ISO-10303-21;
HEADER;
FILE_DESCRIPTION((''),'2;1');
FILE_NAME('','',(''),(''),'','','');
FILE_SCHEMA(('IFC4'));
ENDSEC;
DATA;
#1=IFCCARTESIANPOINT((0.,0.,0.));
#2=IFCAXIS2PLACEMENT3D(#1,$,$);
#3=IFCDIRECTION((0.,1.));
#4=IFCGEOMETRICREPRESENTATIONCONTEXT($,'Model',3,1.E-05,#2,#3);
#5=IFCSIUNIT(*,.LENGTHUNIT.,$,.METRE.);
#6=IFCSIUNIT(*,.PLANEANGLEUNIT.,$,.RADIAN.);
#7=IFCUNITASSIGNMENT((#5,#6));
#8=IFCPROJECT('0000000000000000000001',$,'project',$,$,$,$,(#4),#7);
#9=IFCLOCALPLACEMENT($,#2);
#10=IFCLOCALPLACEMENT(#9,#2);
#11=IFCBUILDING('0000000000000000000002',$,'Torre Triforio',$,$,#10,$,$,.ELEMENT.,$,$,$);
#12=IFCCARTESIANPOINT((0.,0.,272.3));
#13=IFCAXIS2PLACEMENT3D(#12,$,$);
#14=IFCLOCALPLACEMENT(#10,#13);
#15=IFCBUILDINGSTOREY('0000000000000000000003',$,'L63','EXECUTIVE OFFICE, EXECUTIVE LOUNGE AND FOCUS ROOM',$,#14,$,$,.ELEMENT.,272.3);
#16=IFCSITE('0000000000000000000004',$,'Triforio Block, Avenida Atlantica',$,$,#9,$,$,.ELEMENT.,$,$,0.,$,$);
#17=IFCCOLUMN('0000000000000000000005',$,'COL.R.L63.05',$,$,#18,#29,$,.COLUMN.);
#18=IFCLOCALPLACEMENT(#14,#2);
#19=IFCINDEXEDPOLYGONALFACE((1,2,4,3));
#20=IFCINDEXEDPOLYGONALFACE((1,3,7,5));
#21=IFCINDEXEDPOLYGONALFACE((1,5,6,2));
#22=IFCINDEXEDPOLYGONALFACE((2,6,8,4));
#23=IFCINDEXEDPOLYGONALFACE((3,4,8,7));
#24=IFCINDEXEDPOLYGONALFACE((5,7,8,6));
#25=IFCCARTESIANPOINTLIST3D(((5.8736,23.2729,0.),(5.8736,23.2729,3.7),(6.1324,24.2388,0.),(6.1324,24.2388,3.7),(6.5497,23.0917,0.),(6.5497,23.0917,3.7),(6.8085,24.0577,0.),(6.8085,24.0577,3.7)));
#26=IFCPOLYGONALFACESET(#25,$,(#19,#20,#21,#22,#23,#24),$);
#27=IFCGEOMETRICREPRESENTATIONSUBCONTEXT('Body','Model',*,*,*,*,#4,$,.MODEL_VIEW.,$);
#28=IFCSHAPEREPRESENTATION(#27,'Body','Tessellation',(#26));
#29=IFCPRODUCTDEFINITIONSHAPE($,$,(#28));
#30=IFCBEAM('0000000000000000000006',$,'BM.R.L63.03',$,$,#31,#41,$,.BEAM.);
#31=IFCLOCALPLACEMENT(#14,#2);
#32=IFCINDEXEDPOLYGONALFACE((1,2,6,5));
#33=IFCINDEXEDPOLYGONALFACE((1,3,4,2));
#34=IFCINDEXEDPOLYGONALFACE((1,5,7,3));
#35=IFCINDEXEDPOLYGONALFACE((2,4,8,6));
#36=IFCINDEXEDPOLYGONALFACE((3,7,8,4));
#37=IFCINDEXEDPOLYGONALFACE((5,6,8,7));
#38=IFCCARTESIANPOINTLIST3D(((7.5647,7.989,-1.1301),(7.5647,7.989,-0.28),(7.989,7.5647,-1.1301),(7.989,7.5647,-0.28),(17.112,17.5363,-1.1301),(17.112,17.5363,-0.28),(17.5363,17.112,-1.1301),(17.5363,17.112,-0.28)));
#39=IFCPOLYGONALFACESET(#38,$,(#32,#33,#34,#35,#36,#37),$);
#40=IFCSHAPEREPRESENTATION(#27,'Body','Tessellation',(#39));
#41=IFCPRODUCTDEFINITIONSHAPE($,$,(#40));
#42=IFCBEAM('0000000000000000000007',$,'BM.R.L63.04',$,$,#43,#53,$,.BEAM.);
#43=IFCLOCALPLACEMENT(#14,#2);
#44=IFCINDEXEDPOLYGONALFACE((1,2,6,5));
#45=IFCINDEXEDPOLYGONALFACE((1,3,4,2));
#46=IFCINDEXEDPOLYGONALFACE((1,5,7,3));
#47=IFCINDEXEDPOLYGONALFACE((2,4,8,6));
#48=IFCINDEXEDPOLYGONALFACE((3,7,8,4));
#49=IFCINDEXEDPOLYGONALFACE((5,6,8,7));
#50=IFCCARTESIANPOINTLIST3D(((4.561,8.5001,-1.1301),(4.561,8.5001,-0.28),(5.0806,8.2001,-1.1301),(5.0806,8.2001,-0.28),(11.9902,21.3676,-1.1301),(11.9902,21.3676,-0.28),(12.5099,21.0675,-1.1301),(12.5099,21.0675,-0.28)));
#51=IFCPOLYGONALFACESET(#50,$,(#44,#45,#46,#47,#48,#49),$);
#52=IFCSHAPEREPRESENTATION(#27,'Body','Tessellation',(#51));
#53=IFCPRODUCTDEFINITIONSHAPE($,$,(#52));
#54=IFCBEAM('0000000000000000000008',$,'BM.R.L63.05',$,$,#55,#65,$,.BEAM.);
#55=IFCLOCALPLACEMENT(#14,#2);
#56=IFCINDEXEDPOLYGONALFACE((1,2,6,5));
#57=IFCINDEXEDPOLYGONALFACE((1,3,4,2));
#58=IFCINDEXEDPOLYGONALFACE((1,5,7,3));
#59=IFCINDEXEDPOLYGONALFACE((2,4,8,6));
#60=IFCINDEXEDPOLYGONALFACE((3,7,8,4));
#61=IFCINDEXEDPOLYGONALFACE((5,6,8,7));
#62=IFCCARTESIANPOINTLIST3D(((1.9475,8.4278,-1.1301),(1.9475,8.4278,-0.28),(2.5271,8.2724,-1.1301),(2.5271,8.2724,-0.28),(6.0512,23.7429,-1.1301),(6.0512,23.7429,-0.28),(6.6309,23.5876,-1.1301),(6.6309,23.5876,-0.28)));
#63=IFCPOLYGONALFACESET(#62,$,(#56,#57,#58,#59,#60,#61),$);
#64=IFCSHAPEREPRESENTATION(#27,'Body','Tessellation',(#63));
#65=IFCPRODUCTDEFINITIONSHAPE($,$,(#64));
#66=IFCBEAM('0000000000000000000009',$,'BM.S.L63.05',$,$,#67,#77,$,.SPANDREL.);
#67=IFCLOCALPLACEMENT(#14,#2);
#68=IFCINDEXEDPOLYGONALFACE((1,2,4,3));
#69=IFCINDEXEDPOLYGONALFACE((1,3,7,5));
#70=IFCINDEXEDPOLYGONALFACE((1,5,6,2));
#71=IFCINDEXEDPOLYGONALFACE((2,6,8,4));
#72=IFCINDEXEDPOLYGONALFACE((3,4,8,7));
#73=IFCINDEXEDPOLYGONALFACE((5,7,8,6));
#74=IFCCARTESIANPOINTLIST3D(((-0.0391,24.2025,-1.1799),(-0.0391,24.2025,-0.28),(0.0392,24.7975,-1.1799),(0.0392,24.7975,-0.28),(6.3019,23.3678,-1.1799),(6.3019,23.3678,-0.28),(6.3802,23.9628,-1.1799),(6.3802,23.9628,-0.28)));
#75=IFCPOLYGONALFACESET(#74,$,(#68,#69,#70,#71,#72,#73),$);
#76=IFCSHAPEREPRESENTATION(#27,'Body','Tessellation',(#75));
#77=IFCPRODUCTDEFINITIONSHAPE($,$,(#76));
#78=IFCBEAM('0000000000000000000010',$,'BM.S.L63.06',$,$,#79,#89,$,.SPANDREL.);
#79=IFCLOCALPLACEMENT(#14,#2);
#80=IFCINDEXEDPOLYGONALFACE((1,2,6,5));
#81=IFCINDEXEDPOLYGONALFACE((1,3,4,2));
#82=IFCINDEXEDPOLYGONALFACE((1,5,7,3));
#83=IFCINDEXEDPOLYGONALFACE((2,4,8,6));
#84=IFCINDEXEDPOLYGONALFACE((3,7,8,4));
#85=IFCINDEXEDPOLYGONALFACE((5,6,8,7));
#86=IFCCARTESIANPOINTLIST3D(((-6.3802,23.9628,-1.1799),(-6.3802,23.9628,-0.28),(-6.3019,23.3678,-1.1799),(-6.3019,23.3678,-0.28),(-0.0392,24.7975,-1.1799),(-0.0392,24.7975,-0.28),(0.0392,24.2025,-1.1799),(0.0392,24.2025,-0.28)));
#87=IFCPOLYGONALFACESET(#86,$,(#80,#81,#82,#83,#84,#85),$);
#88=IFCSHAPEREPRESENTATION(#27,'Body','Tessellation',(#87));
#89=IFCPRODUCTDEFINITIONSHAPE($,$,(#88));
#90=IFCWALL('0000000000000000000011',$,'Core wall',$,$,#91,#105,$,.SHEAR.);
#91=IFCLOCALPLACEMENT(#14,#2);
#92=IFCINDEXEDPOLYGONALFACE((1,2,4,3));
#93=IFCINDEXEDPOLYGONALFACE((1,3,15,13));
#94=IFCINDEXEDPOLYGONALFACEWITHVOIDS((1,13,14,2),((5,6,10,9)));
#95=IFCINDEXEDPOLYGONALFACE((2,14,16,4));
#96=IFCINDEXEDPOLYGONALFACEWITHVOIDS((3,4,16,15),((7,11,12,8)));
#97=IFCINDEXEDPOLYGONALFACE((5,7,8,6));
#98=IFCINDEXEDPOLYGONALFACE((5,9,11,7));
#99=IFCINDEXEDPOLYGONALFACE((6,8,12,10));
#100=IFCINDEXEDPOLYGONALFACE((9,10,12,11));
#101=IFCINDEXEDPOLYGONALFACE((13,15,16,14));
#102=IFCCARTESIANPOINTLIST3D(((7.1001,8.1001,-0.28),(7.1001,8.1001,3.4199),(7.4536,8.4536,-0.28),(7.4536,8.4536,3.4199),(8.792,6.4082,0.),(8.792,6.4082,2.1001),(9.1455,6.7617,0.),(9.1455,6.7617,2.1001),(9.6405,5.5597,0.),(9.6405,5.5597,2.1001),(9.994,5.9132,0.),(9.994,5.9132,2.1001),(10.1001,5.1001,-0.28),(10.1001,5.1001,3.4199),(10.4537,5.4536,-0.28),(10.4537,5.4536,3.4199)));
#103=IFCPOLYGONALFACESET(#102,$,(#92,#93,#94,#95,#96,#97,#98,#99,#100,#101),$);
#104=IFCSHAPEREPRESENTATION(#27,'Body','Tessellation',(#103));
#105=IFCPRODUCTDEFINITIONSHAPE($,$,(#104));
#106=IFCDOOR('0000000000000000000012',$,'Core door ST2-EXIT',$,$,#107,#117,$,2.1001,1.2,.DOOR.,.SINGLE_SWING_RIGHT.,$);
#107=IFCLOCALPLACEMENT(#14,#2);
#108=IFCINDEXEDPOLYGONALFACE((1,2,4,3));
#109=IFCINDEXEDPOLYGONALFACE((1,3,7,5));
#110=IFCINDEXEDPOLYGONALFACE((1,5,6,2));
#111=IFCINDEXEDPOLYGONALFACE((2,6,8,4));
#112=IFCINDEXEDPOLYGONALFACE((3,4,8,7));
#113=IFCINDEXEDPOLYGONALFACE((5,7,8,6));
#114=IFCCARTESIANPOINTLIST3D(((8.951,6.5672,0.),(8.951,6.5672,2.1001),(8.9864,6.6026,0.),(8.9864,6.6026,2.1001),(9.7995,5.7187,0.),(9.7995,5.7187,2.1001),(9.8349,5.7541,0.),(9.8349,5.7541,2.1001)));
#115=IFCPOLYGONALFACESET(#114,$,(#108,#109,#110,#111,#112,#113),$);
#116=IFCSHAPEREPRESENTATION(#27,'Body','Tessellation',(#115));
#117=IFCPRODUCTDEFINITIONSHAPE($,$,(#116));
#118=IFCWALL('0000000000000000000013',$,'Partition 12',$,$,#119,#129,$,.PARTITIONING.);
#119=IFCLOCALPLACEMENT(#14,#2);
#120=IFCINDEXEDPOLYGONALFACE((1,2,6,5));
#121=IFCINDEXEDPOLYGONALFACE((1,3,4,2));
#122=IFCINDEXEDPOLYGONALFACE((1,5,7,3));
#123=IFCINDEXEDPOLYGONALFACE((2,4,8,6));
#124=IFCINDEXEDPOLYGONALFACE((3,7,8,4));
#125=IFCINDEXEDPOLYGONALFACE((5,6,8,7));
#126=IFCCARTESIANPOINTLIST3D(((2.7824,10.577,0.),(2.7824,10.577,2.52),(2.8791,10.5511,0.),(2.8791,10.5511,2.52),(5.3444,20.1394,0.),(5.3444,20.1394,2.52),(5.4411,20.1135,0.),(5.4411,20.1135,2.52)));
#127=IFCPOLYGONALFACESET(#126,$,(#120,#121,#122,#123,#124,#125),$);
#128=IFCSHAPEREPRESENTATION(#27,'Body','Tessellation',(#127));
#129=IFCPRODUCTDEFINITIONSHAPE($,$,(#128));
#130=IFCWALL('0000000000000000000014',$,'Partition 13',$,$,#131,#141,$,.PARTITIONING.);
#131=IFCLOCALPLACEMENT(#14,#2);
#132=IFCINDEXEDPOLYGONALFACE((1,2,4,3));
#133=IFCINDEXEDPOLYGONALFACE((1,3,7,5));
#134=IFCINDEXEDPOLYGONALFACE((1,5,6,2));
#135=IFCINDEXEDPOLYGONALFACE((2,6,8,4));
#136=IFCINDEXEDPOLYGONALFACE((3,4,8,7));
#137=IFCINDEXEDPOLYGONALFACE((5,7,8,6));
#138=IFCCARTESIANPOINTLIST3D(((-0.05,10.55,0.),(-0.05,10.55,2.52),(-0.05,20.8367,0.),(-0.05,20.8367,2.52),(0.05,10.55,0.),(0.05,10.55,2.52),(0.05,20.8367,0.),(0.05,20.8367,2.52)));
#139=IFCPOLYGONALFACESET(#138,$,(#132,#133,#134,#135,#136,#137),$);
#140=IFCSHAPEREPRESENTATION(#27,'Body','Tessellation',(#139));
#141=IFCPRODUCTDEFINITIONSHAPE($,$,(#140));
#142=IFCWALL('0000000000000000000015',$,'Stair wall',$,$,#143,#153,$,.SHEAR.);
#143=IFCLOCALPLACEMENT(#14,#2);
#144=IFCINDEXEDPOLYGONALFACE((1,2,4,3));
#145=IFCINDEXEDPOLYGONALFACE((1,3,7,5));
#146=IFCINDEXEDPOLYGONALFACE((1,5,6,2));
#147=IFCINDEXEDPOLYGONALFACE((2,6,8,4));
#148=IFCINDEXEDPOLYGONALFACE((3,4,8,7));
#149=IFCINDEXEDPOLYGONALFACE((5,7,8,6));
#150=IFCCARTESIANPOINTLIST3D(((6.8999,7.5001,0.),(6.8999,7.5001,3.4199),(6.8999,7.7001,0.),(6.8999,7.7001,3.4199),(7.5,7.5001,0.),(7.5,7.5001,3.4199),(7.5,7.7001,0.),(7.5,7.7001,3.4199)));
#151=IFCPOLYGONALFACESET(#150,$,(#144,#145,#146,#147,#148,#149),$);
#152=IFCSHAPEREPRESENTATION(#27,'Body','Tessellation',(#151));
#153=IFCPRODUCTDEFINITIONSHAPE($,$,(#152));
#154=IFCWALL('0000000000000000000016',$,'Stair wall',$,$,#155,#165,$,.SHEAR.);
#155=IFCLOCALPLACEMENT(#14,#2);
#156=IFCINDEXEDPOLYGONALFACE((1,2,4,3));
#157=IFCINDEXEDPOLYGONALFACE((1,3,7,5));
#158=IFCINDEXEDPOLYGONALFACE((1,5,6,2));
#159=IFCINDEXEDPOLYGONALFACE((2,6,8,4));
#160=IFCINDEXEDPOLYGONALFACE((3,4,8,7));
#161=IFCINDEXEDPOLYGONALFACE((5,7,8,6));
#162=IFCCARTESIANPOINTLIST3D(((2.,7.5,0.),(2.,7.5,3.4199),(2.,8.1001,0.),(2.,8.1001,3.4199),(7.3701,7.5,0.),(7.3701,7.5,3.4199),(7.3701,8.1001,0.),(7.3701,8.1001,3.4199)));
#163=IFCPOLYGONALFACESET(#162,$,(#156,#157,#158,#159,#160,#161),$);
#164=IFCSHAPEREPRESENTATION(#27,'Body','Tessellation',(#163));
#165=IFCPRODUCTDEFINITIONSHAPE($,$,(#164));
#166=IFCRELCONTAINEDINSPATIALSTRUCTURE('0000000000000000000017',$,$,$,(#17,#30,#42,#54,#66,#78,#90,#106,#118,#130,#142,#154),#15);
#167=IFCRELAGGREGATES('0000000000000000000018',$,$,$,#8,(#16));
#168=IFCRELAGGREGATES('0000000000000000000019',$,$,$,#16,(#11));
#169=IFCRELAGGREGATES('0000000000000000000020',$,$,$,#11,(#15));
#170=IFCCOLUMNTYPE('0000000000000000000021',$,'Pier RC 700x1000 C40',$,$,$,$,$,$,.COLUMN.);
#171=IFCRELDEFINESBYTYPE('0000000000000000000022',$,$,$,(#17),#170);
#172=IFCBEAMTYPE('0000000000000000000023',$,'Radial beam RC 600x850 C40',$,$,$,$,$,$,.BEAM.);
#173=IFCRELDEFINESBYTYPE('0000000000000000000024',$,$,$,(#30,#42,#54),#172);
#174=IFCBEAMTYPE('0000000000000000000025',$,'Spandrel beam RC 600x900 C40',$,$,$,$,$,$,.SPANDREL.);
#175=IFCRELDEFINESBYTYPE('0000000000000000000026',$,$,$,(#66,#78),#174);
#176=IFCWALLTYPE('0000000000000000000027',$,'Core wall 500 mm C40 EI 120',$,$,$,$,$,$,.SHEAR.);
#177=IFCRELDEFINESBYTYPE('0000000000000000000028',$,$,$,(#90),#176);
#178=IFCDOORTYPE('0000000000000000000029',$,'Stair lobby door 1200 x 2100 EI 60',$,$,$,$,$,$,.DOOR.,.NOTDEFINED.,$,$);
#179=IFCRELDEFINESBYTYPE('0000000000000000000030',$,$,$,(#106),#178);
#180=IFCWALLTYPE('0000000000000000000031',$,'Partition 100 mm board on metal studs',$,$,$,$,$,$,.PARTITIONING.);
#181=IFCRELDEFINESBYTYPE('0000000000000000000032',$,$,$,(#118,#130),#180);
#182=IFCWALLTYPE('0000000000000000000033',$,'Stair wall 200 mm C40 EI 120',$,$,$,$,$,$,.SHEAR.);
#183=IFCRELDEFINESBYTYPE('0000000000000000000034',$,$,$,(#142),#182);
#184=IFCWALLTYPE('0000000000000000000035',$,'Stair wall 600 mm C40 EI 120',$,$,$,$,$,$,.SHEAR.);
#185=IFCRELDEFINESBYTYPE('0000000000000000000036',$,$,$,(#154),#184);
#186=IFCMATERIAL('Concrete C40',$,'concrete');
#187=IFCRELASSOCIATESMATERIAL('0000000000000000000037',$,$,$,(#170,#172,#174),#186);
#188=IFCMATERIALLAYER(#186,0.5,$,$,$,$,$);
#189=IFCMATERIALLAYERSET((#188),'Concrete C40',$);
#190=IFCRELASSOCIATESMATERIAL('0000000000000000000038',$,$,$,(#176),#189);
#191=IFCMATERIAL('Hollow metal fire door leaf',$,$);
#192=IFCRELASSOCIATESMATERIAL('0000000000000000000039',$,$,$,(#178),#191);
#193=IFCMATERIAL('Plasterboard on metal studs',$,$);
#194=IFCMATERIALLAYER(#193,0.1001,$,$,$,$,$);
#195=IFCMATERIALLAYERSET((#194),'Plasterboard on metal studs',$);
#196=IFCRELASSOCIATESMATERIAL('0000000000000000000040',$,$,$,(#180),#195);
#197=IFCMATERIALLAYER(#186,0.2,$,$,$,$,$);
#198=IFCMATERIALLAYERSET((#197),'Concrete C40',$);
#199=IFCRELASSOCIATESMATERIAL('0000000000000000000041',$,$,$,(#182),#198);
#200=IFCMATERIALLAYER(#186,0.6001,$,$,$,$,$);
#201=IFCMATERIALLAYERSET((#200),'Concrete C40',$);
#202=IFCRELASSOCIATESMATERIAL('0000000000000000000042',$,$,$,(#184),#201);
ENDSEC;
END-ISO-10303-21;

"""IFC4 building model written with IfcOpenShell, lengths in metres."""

from ifc_helpers import new_model, si_unit, direction, frame, frame_2d, origin, origin_2d, place, context, subcontext, project, spatial, rectangle, extrude, material, layer, layer_set, material_profile, profile_set, type_object, element, fill, save


model = new_model("IFC4")

# Units and contexts
model_context = context("Model", 3, precision=1e-05, world=origin(), true_north=direction((0.0, 1.0)))
body_context = subcontext(model_context, "Body", "Model", "MODEL_VIEW")
ifc_project = project(units=[si_unit("LENGTHUNIT", "METRE"), si_unit("PLANEANGLEUNIT", "RADIAN")], contexts=[model_context])

# Site, building, storey
site_placement = place(None, origin())
site = spatial("IfcSite", under=ifc_project, at=site_placement, Name="Triforio Block, Avenida Atlantica", CompositionType="ELEMENT", RefElevation=0.0)
building_placement = place(site_placement, origin())
building = spatial("IfcBuilding", under=site, at=building_placement, Name="Torre Triforio", CompositionType="ELEMENT")
storey_placement = place(building_placement, frame((0.0, 0.0, 272.3)))
storey = spatial("IfcBuildingStorey", under=building, at=storey_placement, Name="L63", Description="EXECUTIVE OFFICE, EXECUTIVE LOUNGE AND FOCUS ROOM", CompositionType="ELEMENT", Elevation=272.3)

# Column
ifc_material_1 = material(Name="Concrete C40", Category="concrete")
ifc_material_profile_1 = material_profile(ifc_material_1, rectangle(XDim=0.7, YDim=1.0, at=origin_2d()), Name="RC 700x1000")
ifc_profile_set_1 = profile_set([ifc_material_profile_1], Name="Concrete C40")
column_type = type_object("IfcColumnType", Name="Pier RC 700x1000 C40", PredefinedType="COLUMN", material=ifc_profile_set_1)
column_placement = place(storey_placement, frame((6.3411, 23.6653, 0.0), z_axis=(0.0, 0.0, 1.0), x_axis=(-0.965926, 0.258819, 0.0)))
element("IfcColumn", 1, at=column_placement, inside=storey, type_object=column_type, Name="COL.R.L63.05", PredefinedType="COLUMN", context=body_context, shape_type="SweptSolid", body=[
    extrude(rectangle(XDim=0.7, YDim=1.0, at=origin_2d()), origin(), (0.0, 0.0, 1.0), 3.7),
])

# Beams
ifc_material_profile_2 = material_profile(ifc_material_1, rectangle(XDim=0.6001, YDim=0.8501, at=origin_2d()), Name="RC 600x850")
ifc_profile_set_2 = profile_set([ifc_material_profile_2], Name="Concrete C40")
beam_type_1 = type_object("IfcBeamType", Name="Radial beam RC 600x850 C40", PredefinedType="BEAM", material=ifc_profile_set_2)
beam_1_placement = place(storey_placement, frame((7.7769, 7.7769, -0.7051), z_axis=(0.707107, 0.707107, 0.0), x_axis=(-0.707107, 0.707107, 0.0)))
element("IfcBeam", 2, at=beam_1_placement, inside=storey, type_object=beam_type_1, Name="BM.R.L63.03", PredefinedType="BEAM", context=body_context, shape_type="SweptSolid", body=[
    extrude(rectangle(XDim=0.6001, YDim=0.8501, at=origin_2d()), origin(), (0.0, 0.0, 1.0), 13.502),
])
beam_2_placement = place(storey_placement, frame((4.8208, 8.3501, -0.7051), z_axis=(0.500009, 0.86602, 0.0), x_axis=(-0.86602, 0.500009, 0.0)))
element("IfcBeam", 3, at=beam_2_placement, inside=storey, type_object=beam_type_1, Name="BM.R.L63.04", PredefinedType="BEAM", context=body_context, shape_type="SweptSolid", body=[
    extrude(rectangle(XDim=0.6001, YDim=0.8501, at=origin_2d()), origin(), (0.0, 0.0, 1.0), 14.8582),
])
beam_3_placement = place(storey_placement, frame((2.2373, 8.3501, -0.7051), z_axis=(0.258823, 0.965925, 0.0), x_axis=(-0.965925, 0.258823, 0.0)))
element("IfcBeam", 4, at=beam_3_placement, inside=storey, type_object=beam_type_1, Name="BM.R.L63.05", PredefinedType="BEAM", context=body_context, shape_type="SweptSolid", body=[
    extrude(rectangle(XDim=0.6001, YDim=0.8501, at=origin_2d()), origin(), (0.0, 0.0, 1.0), 15.8555),
])
ifc_material_profile_3 = material_profile(ifc_material_1, rectangle(XDim=0.6001, YDim=0.8999, at=origin_2d()), Name="RC 600x900")
ifc_profile_set_3 = profile_set([ifc_material_profile_3], Name="Concrete C40")
beam_type_2 = type_object("IfcBeamType", Name="Spandrel beam RC 600x900 C40", PredefinedType="SPANDREL", material=ifc_profile_set_3)
for number, where, z_axis, x_axis, name in (
    (5, (6.3411, 23.6653, -0.73), (-0.991447, 0.130511, 0.0), (-0.130511, -0.991447, 0.0), "BM.S.L63.05"),
    (6, (0.0, 24.5, -0.73), (-0.991447, -0.130511, 0.0), (0.130511, -0.991447, 0.0), "BM.S.L63.06"),
):
    element("IfcBeam", number, at=place(storey_placement, frame(where, z_axis=z_axis, x_axis=x_axis)), inside=storey, type_object=beam_type_2, Name=name, PredefinedType="SPANDREL", context=body_context, shape_type="SweptSolid", body=[
        extrude(rectangle(XDim=0.6001, YDim=0.8999, at=origin_2d()), origin(), (0.0, 0.0, 1.0), 6.3958),
    ])

# Wall, opening, door
ifc_layer_1 = layer(ifc_material_1, 0.5)
ifc_layer_set_1 = layer_set([ifc_layer_1], Name="Concrete C40")
wall_type_1 = type_object("IfcWallType", Name="Core wall 500 mm C40 EI 120", PredefinedType="SHEAR", material=ifc_layer_set_1)
wall_1_placement = place(storey_placement, frame((7.2769, 8.2769, -0.28), z_axis=(0.0, 0.0, 1.0), x_axis=(0.707107, -0.707107, 0.0)))
wall_1 = element("IfcWall", 7, at=wall_1_placement, inside=storey, type_object=wall_type_1, Name="Core wall", PredefinedType="SHEAR", context=body_context, shape_type="SweptSolid", body=[
    extrude(rectangle(XDim=4.2427, YDim=0.5, at=frame_2d((2.1213, 0.0))), origin(), (0.0, 0.0, 1.0), 3.7),
])
opening_1_placement = place(wall_1_placement, frame((2.3926, 0.0, 0.28)))
opening_1 = element("IfcOpeningElement", 8, at=opening_1_placement, cuts=wall_1, PredefinedType="OPENING", context=body_context, shape_type="SweptSolid", body=[
    extrude(rectangle(XDim=1.2, YDim=2.1001, at=frame_2d((0.6001, 1.05))), frame((0.0, 0.26, 0.0), z_axis=(0.0, -1.0, 0.0), x_axis=(1.0, 0.0, 0.0)), (0.0, 0.0, 1.0), 0.52),
])
ifc_material_2 = material(Name="Hollow metal fire door leaf")
door_type_1 = type_object("IfcDoorType", Name="Stair lobby door 1200 x 2100 EI 60", OperationType="NOTDEFINED", PredefinedType="DOOR", material=ifc_material_2)
door_1_placement = place(opening_1_placement, origin())
door_1 = element("IfcDoor", 9, at=door_1_placement, inside=storey, type_object=door_type_1, Name="Core door ST2-EXIT", OperationType="SINGLE_SWING_RIGHT", OverallHeight=2.1001, OverallWidth=1.2, PredefinedType="DOOR", context=body_context, shape_type="SweptSolid", body=[
    extrude(rectangle(XDim=1.2, YDim=2.1001, at=frame_2d((0.6001, 1.05))), frame((0.0, 0.0249, 0.0), z_axis=(0.0, -1.0, 0.0), x_axis=(1.0, 0.0, 0.0)), (0.0, 0.0, 1.0), 0.05),
])
fill(opening_1, door_1)

# Walls
ifc_material_3 = material(Name="Plasterboard on metal studs")
ifc_layer_2 = layer(ifc_material_3, 0.1001)
ifc_layer_set_2 = layer_set([ifc_layer_2], Name="Plasterboard on metal studs")
wall_type_2 = type_object("IfcWallType", Name="Partition 100 mm board on metal studs", PredefinedType="PARTITIONING", material=ifc_layer_set_2)
wall_2_placement = place(storey_placement, frame((2.8308, 10.5642, 0.0), z_axis=(0.0, 0.0, 1.0), x_axis=(0.258795, 0.965932, 0.0)))
element("IfcWall", 10, at=wall_2_placement, inside=storey, type_object=wall_type_2, Name="Partition 12", PredefinedType="PARTITIONING", context=body_context, shape_type="SweptSolid", body=[
    extrude(rectangle(XDim=9.8997, YDim=0.1001, at=frame_2d((4.9497, 0.0))), origin(), (0.0, 0.0, 1.0), 2.52),
])
wall_3_placement = place(storey_placement, frame((0.0, 10.55, 0.0), z_axis=(0.0, 0.0, 1.0), x_axis=(0.0, 1.0, 0.0)))
element("IfcWall", 11, at=wall_3_placement, inside=storey, type_object=wall_type_2, Name="Partition 13", PredefinedType="PARTITIONING", context=body_context, shape_type="SweptSolid", body=[
    extrude(rectangle(XDim=10.2866, YDim=0.1001, at=frame_2d((5.1433, 0.0))), origin(), (0.0, 0.0, 1.0), 2.52),
])
ifc_layer_3 = layer(ifc_material_1, 0.2)
ifc_layer_set_3 = layer_set([ifc_layer_3], Name="Concrete C40")
wall_type_3 = type_object("IfcWallType", Name="Stair wall 200 mm C40 EI 120", PredefinedType="SHEAR", material=ifc_layer_set_3)
wall_4_placement = place(storey_placement, frame((6.8999, 7.6001, 0.0), z_axis=(0.0, 0.0, 1.0), x_axis=(1.0, 0.0, 0.0)))
element("IfcWall", 12, at=wall_4_placement, inside=storey, type_object=wall_type_3, Name="Stair wall", PredefinedType="SHEAR", context=body_context, shape_type="SweptSolid", body=[
    extrude(rectangle(XDim=0.6001, YDim=0.2, at=frame_2d((0.3, 0.0))), origin(), (0.0, 0.0, 1.0), 3.4199),
])
ifc_layer_4 = layer(ifc_material_1, 0.6001)
ifc_layer_set_4 = layer_set([ifc_layer_4], Name="Concrete C40")
wall_type_4 = type_object("IfcWallType", Name="Stair wall 600 mm C40 EI 120", PredefinedType="SHEAR", material=ifc_layer_set_4)
wall_5_placement = place(storey_placement, frame((2.0, 7.8, 0.0), z_axis=(0.0, 0.0, 1.0), x_axis=(1.0, 0.0, 0.0)))
element("IfcWall", 13, at=wall_5_placement, inside=storey, type_object=wall_type_4, Name="Stair wall", PredefinedType="SHEAR", context=body_context, shape_type="SweptSolid", body=[
    extrude(rectangle(XDim=5.3701, YDim=0.6001, at=frame_2d((2.6851, 0.0))), origin(), (0.0, 0.0, 1.0), 3.4199),
])

save(model, "model.ifc")
